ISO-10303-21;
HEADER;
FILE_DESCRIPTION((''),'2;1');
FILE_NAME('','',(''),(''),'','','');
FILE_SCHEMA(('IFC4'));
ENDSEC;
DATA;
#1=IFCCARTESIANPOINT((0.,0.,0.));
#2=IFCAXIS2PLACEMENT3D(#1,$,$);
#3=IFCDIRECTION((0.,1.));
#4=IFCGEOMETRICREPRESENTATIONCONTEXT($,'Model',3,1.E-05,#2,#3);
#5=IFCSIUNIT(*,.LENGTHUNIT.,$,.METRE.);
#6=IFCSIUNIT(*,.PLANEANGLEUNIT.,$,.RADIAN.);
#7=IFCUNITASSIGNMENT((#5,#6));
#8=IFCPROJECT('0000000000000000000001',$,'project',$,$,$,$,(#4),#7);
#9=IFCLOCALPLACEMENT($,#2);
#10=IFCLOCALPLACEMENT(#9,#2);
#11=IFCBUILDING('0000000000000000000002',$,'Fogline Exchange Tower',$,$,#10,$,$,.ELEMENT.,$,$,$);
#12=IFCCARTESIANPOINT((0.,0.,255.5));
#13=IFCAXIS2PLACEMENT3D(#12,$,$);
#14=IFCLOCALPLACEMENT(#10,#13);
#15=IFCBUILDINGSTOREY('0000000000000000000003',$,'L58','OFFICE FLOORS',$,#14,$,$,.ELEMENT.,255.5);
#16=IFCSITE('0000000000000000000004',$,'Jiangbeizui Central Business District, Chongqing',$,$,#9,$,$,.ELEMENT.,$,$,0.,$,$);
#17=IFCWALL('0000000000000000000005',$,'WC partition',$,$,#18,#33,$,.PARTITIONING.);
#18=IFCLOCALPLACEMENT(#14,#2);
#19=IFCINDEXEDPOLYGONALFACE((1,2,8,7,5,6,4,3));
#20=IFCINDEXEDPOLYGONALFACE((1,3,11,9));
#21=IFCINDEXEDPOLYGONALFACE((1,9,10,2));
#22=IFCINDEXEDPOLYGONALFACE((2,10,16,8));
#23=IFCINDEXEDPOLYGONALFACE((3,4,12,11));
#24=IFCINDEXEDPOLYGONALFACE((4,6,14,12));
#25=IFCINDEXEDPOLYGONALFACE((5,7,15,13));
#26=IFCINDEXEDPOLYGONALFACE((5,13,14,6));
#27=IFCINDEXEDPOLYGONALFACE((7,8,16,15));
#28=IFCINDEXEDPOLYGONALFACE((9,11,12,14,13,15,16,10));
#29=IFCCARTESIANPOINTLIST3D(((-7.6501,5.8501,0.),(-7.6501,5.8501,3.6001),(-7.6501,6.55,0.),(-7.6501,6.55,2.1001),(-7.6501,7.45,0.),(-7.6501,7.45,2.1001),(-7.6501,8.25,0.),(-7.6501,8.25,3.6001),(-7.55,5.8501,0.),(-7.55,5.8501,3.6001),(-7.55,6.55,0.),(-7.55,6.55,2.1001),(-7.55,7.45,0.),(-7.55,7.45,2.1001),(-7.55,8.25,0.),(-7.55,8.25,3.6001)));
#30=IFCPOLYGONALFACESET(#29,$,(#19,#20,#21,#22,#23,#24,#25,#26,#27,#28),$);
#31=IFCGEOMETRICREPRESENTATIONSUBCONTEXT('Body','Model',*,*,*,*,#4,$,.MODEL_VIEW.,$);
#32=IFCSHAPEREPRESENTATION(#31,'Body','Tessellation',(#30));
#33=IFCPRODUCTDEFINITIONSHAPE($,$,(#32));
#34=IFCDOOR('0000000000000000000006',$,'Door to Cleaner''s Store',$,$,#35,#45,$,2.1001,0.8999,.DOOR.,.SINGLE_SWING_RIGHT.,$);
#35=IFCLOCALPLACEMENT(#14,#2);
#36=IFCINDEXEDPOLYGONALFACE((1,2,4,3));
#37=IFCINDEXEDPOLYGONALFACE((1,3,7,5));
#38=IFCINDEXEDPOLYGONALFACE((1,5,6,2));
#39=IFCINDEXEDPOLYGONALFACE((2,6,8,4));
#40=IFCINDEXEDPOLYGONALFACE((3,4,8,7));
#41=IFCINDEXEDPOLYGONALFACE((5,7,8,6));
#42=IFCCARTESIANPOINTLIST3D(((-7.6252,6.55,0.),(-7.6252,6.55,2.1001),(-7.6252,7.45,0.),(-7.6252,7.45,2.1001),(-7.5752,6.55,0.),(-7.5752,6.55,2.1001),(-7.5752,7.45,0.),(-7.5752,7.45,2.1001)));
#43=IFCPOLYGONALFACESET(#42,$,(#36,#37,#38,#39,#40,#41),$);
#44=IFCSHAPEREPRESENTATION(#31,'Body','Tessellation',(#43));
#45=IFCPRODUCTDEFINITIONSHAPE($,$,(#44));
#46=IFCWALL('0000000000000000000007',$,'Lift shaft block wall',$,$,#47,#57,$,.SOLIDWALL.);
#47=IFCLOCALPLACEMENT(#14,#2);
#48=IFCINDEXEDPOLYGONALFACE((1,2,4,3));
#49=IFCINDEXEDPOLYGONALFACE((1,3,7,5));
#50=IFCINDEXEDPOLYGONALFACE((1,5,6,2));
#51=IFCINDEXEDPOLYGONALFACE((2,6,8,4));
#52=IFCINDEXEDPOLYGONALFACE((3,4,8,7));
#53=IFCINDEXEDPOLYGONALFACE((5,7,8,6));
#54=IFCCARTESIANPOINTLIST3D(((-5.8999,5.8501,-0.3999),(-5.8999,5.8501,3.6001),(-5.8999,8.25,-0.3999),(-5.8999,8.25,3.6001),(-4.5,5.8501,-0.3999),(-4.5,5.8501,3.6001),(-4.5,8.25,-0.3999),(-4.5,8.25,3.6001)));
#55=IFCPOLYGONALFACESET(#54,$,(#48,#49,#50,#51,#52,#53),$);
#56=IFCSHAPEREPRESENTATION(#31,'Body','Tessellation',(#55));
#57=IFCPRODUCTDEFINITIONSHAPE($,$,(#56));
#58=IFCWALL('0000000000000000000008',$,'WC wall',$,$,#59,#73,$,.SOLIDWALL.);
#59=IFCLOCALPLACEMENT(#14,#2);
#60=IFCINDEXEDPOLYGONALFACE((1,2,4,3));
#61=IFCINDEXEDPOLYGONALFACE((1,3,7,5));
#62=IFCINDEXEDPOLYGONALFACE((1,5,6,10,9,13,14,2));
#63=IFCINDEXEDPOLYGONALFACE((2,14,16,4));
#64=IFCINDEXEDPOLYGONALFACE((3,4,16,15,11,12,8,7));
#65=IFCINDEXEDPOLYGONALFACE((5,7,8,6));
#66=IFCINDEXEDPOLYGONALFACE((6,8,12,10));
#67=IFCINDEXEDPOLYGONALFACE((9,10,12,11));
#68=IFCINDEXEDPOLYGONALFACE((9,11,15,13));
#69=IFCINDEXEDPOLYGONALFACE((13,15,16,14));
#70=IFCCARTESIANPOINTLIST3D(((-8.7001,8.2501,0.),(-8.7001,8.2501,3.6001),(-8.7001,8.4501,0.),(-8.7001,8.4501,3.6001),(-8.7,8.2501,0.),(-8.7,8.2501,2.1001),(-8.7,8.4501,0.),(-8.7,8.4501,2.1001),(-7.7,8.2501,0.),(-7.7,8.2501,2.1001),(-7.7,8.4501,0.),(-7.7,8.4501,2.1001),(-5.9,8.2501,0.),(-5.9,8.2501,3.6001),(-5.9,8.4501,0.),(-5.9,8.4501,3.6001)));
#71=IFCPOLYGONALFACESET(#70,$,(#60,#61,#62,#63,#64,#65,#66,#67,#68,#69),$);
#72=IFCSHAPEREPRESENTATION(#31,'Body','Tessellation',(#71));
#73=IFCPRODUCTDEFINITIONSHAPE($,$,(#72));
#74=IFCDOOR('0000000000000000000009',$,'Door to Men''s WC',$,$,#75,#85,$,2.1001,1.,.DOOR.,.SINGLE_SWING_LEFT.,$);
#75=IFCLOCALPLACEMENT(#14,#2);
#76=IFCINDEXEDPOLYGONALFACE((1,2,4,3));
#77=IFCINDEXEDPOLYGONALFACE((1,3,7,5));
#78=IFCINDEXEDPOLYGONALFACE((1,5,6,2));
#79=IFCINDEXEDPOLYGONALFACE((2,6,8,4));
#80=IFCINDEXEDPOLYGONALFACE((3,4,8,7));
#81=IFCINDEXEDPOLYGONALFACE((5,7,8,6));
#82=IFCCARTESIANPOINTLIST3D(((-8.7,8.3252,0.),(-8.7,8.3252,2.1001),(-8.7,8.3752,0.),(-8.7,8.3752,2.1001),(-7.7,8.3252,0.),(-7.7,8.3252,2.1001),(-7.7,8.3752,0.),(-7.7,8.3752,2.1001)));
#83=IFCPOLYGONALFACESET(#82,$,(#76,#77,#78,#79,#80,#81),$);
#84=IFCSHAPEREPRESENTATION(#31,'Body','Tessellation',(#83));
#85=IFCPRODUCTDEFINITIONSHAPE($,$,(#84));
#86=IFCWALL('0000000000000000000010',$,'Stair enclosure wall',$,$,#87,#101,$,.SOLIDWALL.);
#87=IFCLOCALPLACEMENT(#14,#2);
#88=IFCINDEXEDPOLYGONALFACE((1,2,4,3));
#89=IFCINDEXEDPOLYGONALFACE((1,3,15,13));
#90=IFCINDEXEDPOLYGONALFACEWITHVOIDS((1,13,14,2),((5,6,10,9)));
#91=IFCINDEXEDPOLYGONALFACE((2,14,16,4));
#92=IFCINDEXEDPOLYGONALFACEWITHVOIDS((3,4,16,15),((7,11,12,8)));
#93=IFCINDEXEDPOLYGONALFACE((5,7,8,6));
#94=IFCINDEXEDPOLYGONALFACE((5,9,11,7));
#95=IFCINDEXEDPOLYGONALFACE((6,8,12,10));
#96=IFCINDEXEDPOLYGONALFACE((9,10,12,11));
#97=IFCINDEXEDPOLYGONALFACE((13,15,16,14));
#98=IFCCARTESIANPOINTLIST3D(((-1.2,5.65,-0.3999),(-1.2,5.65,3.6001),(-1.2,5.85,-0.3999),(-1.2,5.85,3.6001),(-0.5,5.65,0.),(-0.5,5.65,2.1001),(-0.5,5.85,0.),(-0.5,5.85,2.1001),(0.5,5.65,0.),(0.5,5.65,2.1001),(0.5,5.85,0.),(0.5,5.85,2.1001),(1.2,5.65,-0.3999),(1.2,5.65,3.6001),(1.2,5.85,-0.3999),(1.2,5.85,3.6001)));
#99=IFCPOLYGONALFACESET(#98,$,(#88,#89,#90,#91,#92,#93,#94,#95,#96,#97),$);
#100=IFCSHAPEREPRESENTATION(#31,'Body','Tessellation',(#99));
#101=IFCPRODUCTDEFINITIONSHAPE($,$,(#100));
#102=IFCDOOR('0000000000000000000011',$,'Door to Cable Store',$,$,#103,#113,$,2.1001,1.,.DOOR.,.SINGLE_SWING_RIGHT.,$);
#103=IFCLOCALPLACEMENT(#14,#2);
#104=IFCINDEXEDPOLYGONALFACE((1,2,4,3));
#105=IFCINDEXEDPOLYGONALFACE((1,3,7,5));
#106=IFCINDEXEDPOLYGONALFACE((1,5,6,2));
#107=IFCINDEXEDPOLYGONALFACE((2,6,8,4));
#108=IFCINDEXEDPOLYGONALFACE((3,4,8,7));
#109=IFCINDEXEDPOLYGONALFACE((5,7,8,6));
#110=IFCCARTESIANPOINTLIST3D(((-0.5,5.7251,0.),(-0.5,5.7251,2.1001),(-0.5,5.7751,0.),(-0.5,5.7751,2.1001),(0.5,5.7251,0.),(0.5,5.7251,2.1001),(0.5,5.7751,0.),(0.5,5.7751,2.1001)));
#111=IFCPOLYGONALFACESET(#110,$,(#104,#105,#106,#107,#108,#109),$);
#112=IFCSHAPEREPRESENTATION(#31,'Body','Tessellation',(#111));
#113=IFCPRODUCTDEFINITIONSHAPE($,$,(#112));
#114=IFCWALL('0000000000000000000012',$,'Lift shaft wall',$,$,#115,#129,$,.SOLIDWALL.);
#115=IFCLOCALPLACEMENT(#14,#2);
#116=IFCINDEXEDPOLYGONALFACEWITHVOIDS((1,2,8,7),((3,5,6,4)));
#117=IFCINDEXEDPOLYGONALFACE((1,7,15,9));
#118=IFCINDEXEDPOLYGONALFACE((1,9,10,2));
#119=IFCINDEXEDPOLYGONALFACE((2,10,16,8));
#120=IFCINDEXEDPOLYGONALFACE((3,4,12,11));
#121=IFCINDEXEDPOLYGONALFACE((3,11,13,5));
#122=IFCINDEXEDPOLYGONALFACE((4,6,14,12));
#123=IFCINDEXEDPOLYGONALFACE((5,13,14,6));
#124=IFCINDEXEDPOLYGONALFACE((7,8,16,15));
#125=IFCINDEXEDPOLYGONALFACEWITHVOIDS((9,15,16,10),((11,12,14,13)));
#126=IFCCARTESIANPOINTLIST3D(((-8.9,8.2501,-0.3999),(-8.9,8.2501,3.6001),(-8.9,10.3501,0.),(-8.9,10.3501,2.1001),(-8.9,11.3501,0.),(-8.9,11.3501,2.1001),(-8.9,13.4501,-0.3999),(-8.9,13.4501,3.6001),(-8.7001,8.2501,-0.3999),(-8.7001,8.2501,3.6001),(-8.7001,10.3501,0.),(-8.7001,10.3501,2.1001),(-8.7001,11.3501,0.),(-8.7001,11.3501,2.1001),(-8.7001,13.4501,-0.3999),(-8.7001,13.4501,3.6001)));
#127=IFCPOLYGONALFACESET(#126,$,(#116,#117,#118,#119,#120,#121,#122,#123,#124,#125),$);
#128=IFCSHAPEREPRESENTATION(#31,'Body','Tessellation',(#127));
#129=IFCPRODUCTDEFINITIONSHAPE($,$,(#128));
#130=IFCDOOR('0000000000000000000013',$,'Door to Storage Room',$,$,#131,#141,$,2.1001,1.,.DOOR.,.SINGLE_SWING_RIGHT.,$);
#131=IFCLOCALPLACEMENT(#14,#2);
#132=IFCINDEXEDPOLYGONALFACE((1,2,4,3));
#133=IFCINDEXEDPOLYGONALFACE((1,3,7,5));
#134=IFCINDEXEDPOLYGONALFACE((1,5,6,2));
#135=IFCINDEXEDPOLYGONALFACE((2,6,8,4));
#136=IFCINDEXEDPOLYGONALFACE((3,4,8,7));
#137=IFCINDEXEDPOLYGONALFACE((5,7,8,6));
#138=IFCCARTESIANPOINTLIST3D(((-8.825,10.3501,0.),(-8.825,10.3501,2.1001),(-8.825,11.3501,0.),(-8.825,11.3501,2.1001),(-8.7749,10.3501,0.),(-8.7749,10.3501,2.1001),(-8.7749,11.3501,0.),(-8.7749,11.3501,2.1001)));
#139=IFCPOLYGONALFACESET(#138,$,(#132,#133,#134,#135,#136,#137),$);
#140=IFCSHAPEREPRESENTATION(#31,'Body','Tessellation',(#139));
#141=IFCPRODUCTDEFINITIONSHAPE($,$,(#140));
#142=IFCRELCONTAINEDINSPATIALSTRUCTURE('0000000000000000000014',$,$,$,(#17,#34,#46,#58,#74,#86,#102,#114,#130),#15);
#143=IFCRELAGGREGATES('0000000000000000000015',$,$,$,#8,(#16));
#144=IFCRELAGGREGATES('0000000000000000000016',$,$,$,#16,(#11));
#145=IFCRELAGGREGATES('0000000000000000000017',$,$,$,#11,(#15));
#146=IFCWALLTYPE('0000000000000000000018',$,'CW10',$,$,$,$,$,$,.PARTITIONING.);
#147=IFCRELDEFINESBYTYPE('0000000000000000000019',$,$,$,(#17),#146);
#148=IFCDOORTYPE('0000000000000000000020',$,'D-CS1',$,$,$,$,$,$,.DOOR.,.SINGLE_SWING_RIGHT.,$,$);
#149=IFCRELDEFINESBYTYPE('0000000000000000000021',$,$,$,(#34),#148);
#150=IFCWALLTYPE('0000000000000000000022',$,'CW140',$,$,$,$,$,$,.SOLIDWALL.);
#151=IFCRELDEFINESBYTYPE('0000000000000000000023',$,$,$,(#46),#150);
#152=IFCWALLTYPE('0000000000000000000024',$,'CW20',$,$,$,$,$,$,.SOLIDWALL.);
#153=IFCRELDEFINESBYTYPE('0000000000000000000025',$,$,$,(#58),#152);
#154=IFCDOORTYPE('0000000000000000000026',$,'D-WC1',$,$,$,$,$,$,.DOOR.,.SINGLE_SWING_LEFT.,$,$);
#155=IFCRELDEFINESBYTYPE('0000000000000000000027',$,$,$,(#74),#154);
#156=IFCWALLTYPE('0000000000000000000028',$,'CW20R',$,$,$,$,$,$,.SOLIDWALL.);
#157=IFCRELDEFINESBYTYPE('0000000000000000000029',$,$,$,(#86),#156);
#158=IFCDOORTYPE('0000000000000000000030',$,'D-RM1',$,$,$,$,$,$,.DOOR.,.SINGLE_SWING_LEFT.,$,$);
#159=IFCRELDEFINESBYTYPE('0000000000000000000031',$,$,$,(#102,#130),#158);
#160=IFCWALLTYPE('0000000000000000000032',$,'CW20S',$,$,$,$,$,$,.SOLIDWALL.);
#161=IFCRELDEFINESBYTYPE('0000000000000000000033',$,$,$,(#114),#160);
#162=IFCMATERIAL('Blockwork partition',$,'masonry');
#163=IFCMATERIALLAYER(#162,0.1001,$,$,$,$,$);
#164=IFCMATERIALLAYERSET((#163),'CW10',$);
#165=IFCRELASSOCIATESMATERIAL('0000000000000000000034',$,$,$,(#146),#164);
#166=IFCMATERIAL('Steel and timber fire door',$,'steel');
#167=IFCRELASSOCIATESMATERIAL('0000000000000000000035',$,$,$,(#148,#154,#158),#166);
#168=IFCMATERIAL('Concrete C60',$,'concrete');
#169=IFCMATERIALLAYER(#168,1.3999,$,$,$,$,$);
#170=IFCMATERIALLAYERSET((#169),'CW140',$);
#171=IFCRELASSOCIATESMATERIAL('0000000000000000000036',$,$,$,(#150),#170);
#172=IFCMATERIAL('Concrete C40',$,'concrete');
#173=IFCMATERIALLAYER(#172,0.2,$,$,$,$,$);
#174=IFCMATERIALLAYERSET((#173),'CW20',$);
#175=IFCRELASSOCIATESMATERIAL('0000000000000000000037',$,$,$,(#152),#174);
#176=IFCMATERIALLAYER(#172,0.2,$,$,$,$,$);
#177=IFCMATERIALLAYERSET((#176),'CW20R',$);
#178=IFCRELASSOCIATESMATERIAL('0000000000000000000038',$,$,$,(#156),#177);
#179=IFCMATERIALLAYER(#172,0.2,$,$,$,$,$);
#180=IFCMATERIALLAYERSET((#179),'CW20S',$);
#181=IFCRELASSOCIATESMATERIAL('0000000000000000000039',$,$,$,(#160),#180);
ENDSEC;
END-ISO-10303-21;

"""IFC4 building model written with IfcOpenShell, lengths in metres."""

from ifc_helpers import new_model, si_unit, direction, frame, frame_2d, origin, place, context, subcontext, project, spatial, rectangle, extrude, material, layer, layer_set, type_object, element, fill, save


model = new_model("IFC4")

# Units and contexts
model_context = context("Model", 3, precision=1e-05, world=origin(), true_north=direction((0.0, 1.0)))
body_context = subcontext(model_context, "Body", "Model", "MODEL_VIEW")
ifc_project = project(units=[si_unit("LENGTHUNIT", "METRE"), si_unit("PLANEANGLEUNIT", "RADIAN")], contexts=[model_context])

# Site, building, storey
site_placement = place(None, origin())
site = spatial("IfcSite", under=ifc_project, at=site_placement, Name="Jiangbeizui Central Business District, Chongqing", CompositionType="ELEMENT", RefElevation=0.0)
building_placement = place(site_placement, origin())
building = spatial("IfcBuilding", under=site, at=building_placement, Name="Fogline Exchange Tower", CompositionType="ELEMENT")
storey_placement = place(building_placement, frame((0.0, 0.0, 255.5)))
storey = spatial("IfcBuildingStorey", under=building, at=storey_placement, Name="L58", Description="OFFICE FLOORS", CompositionType="ELEMENT", Elevation=255.5)

# Wall, opening, door
ifc_material_1 = material(Name="Blockwork partition", Category="masonry")
ifc_layer_1 = layer(ifc_material_1, 0.1001)
ifc_layer_set_1 = layer_set([ifc_layer_1], Name="CW10")
wall_type_1 = type_object("IfcWallType", Name="CW10", PredefinedType="PARTITIONING", material=ifc_layer_set_1)
wall_1_placement = place(storey_placement, frame((-7.6001, 5.8501, 0.0), z_axis=(0.0, 0.0, 1.0), x_axis=(0.0, 1.0, 0.0)))
wall_1 = element("IfcWall", 1, at=wall_1_placement, inside=storey, type_object=wall_type_1, Name="WC partition", PredefinedType="PARTITIONING", context=body_context, shape_type="SweptSolid", body=[
    extrude(rectangle(XDim=2.3999, YDim=0.1001, at=frame_2d((1.2, 0.0))), origin(), (0.0, 0.0, 1.0), 3.6001),
])
opening_1_placement = place(wall_1_placement, frame((0.7, 0.0, 0.0)))
opening_1 = element("IfcOpeningElement", 2, at=opening_1_placement, cuts=wall_1, PredefinedType="OPENING", context=body_context, shape_type="SweptSolid", body=[
    extrude(rectangle(XDim=0.8999, YDim=2.1001, at=frame_2d((0.45, 1.05))), frame((0.0, 0.0601, 0.0), z_axis=(0.0, -1.0, 0.0), x_axis=(1.0, 0.0, 0.0)), (0.0, 0.0, 1.0), 0.1201),
])
ifc_material_2 = material(Name="Steel and timber fire door", Category="steel")
door_type_1 = type_object("IfcDoorType", Name="D-CS1", OperationType="SINGLE_SWING_RIGHT", PredefinedType="DOOR", material=ifc_material_2)
door_1_placement = place(opening_1_placement, frame((0.8999, 0.0, 0.0), z_axis=(0.0, 0.0, 1.0), x_axis=(-1.0, 0.0, 0.0)))
door_1 = element("IfcDoor", 3, at=door_1_placement, inside=storey, type_object=door_type_1, Name="Door to Cleaner's Store", OperationType="SINGLE_SWING_RIGHT", OverallHeight=2.1001, OverallWidth=0.8999, PredefinedType="DOOR", context=body_context, shape_type="SweptSolid", body=[
    extrude(rectangle(XDim=0.8999, YDim=2.1001, at=frame_2d((0.45, 1.05))), frame((0.0, 0.0249, 0.0), z_axis=(0.0, -1.0, 0.0), x_axis=(1.0, 0.0, 0.0)), (0.0, 0.0, 1.0), 0.05),
])
fill(opening_1, door_1)

# Wall
ifc_material_3 = material(Name="Concrete C60", Category="concrete")
ifc_layer_2 = layer(ifc_material_3, 1.3999)
ifc_layer_set_2 = layer_set([ifc_layer_2], Name="CW140")
wall_type_2 = type_object("IfcWallType", Name="CW140", PredefinedType="SOLIDWALL", material=ifc_layer_set_2)
wall_2_placement = place(storey_placement, frame((-5.2, 5.8501, -0.3999), z_axis=(0.0, 0.0, 1.0), x_axis=(0.0, 1.0, 0.0)))
element("IfcWall", 4, at=wall_2_placement, inside=storey, type_object=wall_type_2, Name="Lift shaft block wall", PredefinedType="SOLIDWALL", context=body_context, shape_type="SweptSolid", body=[
    extrude(rectangle(XDim=2.3999, YDim=1.3999, at=frame_2d((1.2, 0.0))), origin(), (0.0, 0.0, 1.0), 4.0),
])

# Walls, openings, doors
ifc_material_4 = material(Name="Concrete C40", Category="concrete")
ifc_layer_3 = layer(ifc_material_4, 0.2)
ifc_layer_set_3 = layer_set([ifc_layer_3], Name="CW20")
wall_type_3 = type_object("IfcWallType", Name="CW20", PredefinedType="SOLIDWALL", material=ifc_layer_set_3)
wall_3_placement = place(storey_placement, frame((-8.7, 8.3501, 0.0), z_axis=(0.0, 0.0, 1.0), x_axis=(1.0, 0.0, 0.0)))
wall_3 = element("IfcWall", 5, at=wall_3_placement, inside=storey, type_object=wall_type_3, Name="WC wall", PredefinedType="SOLIDWALL", context=body_context, shape_type="SweptSolid", body=[
    extrude(rectangle(XDim=2.8, YDim=0.2, at=frame_2d((1.3999, 0.0))), origin(), (0.0, 0.0, 1.0), 3.6001),
])
opening_2_placement = place(wall_3_placement, origin())
opening_2 = element("IfcOpeningElement", 6, at=opening_2_placement, cuts=wall_3, PredefinedType="OPENING", context=body_context, shape_type="SweptSolid", body=[
    extrude(rectangle(XDim=1.0, YDim=2.1001, at=frame_2d((0.5, 1.05))), frame((0.0, 0.1099, 0.0), z_axis=(0.0, -1.0, 0.0), x_axis=(1.0, 0.0, 0.0)), (0.0, 0.0, 1.0), 0.22),
])
door_type_2 = type_object("IfcDoorType", Name="D-WC1", OperationType="SINGLE_SWING_LEFT", PredefinedType="DOOR", material=ifc_material_2)
door_2_placement = place(opening_2_placement, frame((1.0, 0.0, 0.0), z_axis=(0.0, 0.0, 1.0), x_axis=(-1.0, 0.0, 0.0)))
door_2 = element("IfcDoor", 7, at=door_2_placement, inside=storey, type_object=door_type_2, Name="Door to Men's WC", OperationType="SINGLE_SWING_LEFT", OverallHeight=2.1001, OverallWidth=1.0, PredefinedType="DOOR", context=body_context, shape_type="SweptSolid", body=[
    extrude(rectangle(XDim=1.0, YDim=2.1001, at=frame_2d((0.5, 1.05))), frame((0.0, 0.0249, 0.0), z_axis=(0.0, -1.0, 0.0), x_axis=(1.0, 0.0, 0.0)), (0.0, 0.0, 1.0), 0.05),
])
fill(opening_2, door_2)
ifc_layer_4 = layer(ifc_material_4, 0.2)
ifc_layer_set_4 = layer_set([ifc_layer_4], Name="CW20R")
wall_type_4 = type_object("IfcWallType", Name="CW20R", PredefinedType="SOLIDWALL", material=ifc_layer_set_4)
wall_4_placement = place(storey_placement, frame((-1.2, 5.75, -0.3999), z_axis=(0.0, 0.0, 1.0), x_axis=(1.0, 0.0, 0.0)))
wall_4 = element("IfcWall", 8, at=wall_4_placement, inside=storey, type_object=wall_type_4, Name="Stair enclosure wall", PredefinedType="SOLIDWALL", context=body_context, shape_type="SweptSolid", body=[
    extrude(rectangle(XDim=2.3999, YDim=0.2, at=frame_2d((1.2, 0.0))), origin(), (0.0, 0.0, 1.0), 4.0),
])
opening_3_placement = place(wall_4_placement, frame((0.7, 0.0, 0.3999)))
opening_3 = element("IfcOpeningElement", 9, at=opening_3_placement, cuts=wall_4, PredefinedType="OPENING", context=body_context, shape_type="SweptSolid", body=[
    extrude(rectangle(XDim=1.0, YDim=2.1001, at=frame_2d((0.5, 1.05))), frame((0.0, 0.1099, 0.0), z_axis=(0.0, -1.0, 0.0), x_axis=(1.0, 0.0, 0.0)), (0.0, 0.0, 1.0), 0.22),
])
door_type_3 = type_object("IfcDoorType", Name="D-RM1", OperationType="SINGLE_SWING_LEFT", PredefinedType="DOOR", material=ifc_material_2)
door_3_placement = place(opening_3_placement, frame((1.0, 0.0, 0.0), z_axis=(0.0, 0.0, 1.0), x_axis=(-1.0, 0.0, 0.0)))
door_3 = element("IfcDoor", 10, at=door_3_placement, inside=storey, type_object=door_type_3, Name="Door to Cable Store", OperationType="SINGLE_SWING_RIGHT", OverallHeight=2.1001, OverallWidth=1.0, PredefinedType="DOOR", context=body_context, shape_type="SweptSolid", body=[
    extrude(rectangle(XDim=1.0, YDim=2.1001, at=frame_2d((0.5, 1.05))), frame((0.0, 0.0249, 0.0), z_axis=(0.0, -1.0, 0.0), x_axis=(1.0, 0.0, 0.0)), (0.0, 0.0, 1.0), 0.05),
])
fill(opening_3, door_3)
ifc_layer_5 = layer(ifc_material_4, 0.2)
ifc_layer_set_5 = layer_set([ifc_layer_5], Name="CW20S")
wall_type_5 = type_object("IfcWallType", Name="CW20S", PredefinedType="SOLIDWALL", material=ifc_layer_set_5)
wall_5_placement = place(storey_placement, frame((-8.8, 8.25, -0.3999), z_axis=(0.0, 0.0, 1.0), x_axis=(0.0, 1.0, 0.0)))
wall_5 = element("IfcWall", 11, at=wall_5_placement, inside=storey, type_object=wall_type_5, Name="Lift shaft wall", PredefinedType="SOLIDWALL", context=body_context, shape_type="SweptSolid", body=[
    extrude(rectangle(XDim=5.2, YDim=0.2, at=frame_2d((2.6001, 0.0))), origin(), (0.0, 0.0, 1.0), 4.0),
])
opening_4_placement = place(wall_5_placement, frame((2.1001, 0.0, 0.3999)))
opening_4 = element("IfcOpeningElement", 12, at=opening_4_placement, cuts=wall_5, PredefinedType="OPENING", context=body_context, shape_type="SweptSolid", body=[
    extrude(rectangle(XDim=1.0, YDim=2.1001, at=frame_2d((0.5, 1.05))), frame((0.0, 0.1099, 0.0), z_axis=(0.0, -1.0, 0.0), x_axis=(1.0, 0.0, 0.0)), (0.0, 0.0, 1.0), 0.22),
])
door_4_placement = place(opening_4_placement, origin())
door_4 = element("IfcDoor", 13, at=door_4_placement, inside=storey, type_object=door_type_3, Name="Door to Storage Room", OperationType="SINGLE_SWING_RIGHT", OverallHeight=2.1001, OverallWidth=1.0, PredefinedType="DOOR", context=body_context, shape_type="SweptSolid", body=[
    extrude(rectangle(XDim=1.0, YDim=2.1001, at=frame_2d((0.5, 1.05))), frame((0.0, 0.0249, 0.0), z_axis=(0.0, -1.0, 0.0), x_axis=(1.0, 0.0, 0.0)), (0.0, 0.0, 1.0), 0.05),
])
fill(opening_4, door_4)

save(model, "model.ifc")
